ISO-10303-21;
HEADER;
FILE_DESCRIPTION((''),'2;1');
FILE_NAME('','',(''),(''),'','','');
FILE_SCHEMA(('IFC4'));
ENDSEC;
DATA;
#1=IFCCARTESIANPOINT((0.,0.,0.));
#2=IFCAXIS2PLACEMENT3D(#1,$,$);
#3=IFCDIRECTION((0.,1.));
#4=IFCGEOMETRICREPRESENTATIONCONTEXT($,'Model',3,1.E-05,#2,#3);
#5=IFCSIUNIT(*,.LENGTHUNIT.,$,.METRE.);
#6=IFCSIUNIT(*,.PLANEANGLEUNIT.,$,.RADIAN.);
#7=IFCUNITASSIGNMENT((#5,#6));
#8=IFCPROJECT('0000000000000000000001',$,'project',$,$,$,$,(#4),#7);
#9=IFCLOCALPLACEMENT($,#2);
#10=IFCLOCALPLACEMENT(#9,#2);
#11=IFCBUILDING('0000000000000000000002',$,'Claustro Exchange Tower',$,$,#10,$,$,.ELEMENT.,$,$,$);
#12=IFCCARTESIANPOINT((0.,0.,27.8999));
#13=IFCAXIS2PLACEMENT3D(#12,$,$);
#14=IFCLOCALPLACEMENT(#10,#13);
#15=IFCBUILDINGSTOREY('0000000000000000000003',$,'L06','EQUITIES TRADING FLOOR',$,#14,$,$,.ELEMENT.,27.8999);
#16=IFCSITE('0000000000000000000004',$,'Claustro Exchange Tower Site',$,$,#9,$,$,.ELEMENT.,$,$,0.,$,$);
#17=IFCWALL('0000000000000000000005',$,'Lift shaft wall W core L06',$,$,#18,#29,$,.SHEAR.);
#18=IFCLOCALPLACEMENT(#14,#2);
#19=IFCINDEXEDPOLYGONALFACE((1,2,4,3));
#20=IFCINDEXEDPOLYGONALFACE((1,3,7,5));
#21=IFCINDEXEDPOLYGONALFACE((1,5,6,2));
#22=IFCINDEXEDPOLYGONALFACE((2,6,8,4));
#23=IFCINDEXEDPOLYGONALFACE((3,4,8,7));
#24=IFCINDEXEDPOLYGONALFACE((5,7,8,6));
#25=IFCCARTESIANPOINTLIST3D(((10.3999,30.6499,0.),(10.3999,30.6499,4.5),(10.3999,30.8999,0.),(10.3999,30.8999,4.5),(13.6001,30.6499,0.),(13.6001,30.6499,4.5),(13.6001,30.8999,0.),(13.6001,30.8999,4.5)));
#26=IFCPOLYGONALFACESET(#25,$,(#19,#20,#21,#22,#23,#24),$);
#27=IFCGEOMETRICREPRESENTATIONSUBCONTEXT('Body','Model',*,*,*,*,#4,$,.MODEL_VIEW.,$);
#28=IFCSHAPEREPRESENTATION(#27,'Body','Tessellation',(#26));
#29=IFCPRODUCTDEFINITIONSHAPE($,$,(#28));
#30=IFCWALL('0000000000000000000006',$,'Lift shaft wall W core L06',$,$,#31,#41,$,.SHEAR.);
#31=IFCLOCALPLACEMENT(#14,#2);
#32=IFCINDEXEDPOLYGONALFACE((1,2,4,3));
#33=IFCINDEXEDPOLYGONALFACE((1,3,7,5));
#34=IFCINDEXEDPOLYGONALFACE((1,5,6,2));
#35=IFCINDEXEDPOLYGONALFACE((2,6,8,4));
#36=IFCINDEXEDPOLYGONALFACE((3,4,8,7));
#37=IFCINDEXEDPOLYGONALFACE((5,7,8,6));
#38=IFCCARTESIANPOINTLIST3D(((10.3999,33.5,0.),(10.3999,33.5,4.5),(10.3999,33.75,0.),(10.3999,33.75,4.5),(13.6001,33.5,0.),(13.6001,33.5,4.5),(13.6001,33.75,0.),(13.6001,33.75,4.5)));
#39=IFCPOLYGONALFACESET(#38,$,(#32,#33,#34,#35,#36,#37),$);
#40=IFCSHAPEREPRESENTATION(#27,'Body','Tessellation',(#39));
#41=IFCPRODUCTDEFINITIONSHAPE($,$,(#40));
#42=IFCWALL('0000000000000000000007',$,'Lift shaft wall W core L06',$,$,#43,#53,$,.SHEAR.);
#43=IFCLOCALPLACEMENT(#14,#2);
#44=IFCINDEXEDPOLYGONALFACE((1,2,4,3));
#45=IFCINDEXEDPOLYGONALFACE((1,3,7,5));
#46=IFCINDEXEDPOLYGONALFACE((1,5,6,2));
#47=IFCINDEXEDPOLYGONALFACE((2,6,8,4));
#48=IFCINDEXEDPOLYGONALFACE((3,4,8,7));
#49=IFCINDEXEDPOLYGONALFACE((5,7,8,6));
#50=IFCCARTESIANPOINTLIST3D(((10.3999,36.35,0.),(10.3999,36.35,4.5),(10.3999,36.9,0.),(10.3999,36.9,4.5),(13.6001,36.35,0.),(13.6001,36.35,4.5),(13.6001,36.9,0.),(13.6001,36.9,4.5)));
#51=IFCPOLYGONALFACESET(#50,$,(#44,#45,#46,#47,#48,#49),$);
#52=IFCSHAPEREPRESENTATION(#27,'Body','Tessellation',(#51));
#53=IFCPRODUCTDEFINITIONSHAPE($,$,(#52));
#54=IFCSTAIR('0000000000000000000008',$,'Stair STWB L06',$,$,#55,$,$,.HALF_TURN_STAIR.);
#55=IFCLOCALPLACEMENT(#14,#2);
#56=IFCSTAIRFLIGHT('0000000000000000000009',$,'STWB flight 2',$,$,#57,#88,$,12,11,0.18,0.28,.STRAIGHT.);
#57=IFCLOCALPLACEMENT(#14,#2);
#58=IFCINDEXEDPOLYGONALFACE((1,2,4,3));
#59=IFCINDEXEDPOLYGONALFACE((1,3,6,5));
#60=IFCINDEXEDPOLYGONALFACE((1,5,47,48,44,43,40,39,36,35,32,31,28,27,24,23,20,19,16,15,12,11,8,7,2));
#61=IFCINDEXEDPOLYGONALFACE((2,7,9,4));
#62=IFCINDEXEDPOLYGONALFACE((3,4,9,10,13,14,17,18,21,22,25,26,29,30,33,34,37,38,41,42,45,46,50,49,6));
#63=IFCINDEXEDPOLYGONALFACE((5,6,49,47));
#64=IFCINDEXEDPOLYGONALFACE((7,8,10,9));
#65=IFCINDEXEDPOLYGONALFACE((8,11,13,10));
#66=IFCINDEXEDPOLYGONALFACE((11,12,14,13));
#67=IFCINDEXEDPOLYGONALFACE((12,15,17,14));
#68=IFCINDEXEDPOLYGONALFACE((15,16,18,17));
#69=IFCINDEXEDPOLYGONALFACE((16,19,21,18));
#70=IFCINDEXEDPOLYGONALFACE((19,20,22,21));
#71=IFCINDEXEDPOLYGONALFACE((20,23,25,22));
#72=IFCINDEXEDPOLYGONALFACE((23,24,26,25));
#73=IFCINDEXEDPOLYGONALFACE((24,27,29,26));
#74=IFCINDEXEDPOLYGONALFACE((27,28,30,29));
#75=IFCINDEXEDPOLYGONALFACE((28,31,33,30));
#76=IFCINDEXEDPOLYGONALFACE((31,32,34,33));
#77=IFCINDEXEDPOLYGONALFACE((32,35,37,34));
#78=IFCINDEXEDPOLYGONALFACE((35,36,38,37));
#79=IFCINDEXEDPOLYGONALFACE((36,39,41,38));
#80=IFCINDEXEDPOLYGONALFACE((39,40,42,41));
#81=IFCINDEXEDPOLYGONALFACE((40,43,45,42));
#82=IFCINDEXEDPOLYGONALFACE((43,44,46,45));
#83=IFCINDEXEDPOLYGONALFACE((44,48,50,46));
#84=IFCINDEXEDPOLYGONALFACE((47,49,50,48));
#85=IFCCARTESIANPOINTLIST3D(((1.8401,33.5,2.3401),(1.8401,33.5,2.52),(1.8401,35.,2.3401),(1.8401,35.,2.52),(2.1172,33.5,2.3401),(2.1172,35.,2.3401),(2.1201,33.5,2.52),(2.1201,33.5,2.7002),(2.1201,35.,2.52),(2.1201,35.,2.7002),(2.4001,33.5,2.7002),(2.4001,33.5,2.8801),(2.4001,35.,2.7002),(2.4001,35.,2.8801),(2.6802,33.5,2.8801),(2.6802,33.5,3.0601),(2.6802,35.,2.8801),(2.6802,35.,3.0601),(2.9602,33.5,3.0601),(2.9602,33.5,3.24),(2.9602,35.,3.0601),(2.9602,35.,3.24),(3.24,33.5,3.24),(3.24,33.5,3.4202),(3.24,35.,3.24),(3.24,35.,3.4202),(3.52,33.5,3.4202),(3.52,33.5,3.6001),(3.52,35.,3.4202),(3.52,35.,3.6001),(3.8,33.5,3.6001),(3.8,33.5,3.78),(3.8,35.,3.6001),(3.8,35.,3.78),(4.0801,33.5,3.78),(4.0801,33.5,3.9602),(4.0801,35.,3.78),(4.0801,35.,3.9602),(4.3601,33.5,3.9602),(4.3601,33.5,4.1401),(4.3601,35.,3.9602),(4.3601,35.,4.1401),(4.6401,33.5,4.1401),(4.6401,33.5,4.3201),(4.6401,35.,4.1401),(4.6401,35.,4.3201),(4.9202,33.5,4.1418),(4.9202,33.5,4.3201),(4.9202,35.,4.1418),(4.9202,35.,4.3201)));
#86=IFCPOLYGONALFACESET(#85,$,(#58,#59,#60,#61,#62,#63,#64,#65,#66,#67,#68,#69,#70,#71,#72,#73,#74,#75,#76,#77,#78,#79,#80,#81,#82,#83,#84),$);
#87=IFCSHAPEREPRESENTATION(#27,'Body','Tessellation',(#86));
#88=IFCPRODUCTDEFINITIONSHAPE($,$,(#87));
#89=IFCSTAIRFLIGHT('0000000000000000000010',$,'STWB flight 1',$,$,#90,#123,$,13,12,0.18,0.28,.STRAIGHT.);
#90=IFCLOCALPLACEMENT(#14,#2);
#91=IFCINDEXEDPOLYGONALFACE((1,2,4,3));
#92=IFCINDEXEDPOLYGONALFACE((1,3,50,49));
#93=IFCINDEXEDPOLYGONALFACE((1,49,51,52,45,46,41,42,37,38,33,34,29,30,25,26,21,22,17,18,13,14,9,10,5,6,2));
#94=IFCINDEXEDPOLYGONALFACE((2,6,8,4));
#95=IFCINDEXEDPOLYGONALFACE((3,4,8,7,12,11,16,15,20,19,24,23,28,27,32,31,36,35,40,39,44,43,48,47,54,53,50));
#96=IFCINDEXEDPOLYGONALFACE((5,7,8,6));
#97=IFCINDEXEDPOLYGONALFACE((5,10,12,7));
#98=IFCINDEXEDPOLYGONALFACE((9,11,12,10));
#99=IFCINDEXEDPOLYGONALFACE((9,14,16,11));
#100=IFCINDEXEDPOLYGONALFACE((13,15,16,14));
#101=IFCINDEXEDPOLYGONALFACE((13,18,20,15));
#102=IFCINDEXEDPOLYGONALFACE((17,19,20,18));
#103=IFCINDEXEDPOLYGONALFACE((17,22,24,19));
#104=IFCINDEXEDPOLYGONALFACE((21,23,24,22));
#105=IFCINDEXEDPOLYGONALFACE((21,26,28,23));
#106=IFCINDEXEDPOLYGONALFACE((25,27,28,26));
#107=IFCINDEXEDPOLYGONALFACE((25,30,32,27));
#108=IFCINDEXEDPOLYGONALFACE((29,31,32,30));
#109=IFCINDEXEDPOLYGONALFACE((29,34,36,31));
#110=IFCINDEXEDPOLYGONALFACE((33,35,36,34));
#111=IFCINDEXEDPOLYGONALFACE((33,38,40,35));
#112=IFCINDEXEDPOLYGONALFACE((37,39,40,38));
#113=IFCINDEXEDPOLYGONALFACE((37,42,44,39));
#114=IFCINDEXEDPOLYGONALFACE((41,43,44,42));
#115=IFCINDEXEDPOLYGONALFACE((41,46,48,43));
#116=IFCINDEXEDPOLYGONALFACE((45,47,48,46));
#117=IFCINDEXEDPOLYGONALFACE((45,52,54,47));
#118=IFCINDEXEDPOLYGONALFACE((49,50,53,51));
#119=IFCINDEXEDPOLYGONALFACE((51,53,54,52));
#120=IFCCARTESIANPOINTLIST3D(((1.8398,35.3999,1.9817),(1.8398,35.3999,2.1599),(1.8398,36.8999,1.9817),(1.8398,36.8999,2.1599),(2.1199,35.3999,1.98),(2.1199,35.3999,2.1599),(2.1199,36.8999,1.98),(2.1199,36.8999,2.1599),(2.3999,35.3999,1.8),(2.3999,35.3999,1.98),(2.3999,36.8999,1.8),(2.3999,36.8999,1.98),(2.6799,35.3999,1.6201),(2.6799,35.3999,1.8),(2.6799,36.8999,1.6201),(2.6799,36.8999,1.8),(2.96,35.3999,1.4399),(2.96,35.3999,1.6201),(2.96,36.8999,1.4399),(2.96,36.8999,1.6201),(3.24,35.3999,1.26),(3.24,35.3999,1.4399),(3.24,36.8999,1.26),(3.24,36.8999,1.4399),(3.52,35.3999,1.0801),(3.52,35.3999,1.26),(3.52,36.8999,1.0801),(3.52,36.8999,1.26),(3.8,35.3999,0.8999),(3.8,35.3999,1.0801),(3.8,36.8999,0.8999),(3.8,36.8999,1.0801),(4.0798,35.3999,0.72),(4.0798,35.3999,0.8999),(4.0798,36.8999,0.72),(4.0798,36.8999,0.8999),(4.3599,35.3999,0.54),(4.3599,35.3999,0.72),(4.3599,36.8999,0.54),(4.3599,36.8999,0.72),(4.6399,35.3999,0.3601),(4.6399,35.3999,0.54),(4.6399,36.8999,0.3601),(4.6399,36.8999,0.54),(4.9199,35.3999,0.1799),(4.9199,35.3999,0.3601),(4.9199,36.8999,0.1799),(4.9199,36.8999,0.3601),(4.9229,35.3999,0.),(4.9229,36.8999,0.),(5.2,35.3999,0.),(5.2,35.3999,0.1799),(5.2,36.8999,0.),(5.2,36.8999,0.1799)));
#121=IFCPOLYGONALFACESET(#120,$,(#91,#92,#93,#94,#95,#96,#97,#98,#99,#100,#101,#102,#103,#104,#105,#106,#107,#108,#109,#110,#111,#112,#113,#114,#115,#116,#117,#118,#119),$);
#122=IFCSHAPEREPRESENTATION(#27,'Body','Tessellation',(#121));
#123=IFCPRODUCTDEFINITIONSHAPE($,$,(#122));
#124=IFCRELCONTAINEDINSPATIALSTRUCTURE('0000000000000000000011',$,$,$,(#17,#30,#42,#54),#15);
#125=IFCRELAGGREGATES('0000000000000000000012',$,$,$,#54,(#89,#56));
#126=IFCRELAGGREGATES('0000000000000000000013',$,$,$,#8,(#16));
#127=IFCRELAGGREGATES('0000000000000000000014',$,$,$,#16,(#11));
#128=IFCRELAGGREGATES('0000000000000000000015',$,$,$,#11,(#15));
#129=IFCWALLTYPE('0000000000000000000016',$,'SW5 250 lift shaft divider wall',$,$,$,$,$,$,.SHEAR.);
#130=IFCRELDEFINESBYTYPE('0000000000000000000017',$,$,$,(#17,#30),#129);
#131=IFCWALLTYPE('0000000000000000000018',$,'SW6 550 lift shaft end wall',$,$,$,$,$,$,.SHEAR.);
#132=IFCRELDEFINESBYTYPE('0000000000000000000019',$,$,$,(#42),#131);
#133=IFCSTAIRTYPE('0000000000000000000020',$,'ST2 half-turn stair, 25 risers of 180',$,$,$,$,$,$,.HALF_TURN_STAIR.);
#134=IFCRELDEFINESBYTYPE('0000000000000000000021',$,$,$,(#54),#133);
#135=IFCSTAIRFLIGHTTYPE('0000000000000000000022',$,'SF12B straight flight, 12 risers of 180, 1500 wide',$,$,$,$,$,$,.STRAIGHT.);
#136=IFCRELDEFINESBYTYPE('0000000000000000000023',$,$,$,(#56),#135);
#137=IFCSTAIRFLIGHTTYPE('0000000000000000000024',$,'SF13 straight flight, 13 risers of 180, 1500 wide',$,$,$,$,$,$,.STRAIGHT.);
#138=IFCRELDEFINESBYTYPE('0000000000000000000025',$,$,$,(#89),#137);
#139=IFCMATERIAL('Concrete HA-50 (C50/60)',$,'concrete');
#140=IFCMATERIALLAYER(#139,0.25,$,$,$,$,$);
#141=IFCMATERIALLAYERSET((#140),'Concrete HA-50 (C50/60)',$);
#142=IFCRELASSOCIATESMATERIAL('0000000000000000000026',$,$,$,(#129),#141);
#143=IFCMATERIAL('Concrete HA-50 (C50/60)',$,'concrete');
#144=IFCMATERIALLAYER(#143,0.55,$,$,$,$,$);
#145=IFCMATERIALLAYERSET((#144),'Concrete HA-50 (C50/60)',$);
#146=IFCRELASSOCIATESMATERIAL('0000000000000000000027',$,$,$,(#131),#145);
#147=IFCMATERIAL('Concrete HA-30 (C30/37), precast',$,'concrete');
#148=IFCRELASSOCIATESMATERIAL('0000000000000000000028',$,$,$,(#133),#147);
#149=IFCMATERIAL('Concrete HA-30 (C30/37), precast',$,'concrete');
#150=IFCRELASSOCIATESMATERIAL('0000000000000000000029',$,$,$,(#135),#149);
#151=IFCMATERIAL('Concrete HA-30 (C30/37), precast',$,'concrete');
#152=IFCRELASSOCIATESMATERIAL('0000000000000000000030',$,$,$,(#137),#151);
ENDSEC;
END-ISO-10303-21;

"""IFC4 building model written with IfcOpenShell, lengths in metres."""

from ifc_helpers import new_model, si_unit, direction, frame, frame_2d, origin, place, context, subcontext, project, spatial, polyline, rectangle, outline, extrude, material, layer, layer_set, type_object, element, aggregate, save


model = new_model("IFC4")

# Units and contexts
model_context = context("Model", 3, precision=1e-05, world=origin(), true_north=direction((0.0, 1.0)))
body_context = subcontext(model_context, "Body", "Model", "MODEL_VIEW")
ifc_project = project(units=[si_unit("LENGTHUNIT", "METRE"), si_unit("PLANEANGLEUNIT", "RADIAN")], contexts=[model_context])

# Site, building, storey
site_placement = place(None, origin())
site = spatial("IfcSite", under=ifc_project, at=site_placement, Name="Claustro Exchange Tower Site", CompositionType="ELEMENT", RefElevation=0.0)
building_placement = place(site_placement, origin())
building = spatial("IfcBuilding", under=site, at=building_placement, Name="Claustro Exchange Tower", CompositionType="ELEMENT")
storey_placement = place(building_placement, frame((0.0, 0.0, 27.8999)))
storey = spatial("IfcBuildingStorey", under=building, at=storey_placement, Name="L06", Description="EQUITIES TRADING FLOOR", CompositionType="ELEMENT", Elevation=27.8999)

# Walls
ifc_material_1 = material(Name="Concrete HA-50 (C50/60)", Category="concrete")
ifc_layer_1 = layer(ifc_material_1, 0.25)
ifc_layer_set_1 = layer_set([ifc_layer_1], Name="Concrete HA-50 (C50/60)")
wall_type_1 = type_object("IfcWallType", Name="SW5 250 lift shaft divider wall", PredefinedType="SHEAR", material=ifc_layer_set_1)
for number, where, z_axis, x_axis, name in (
    (1, (10.3999, 30.7749, 0.0), (0.0, 0.0, 1.0), (1.0, 0.0, 0.0), "Lift shaft wall W core L06"),
    (2, (10.3999, 33.625, 0.0), (0.0, 0.0, 1.0), (1.0, 0.0, 0.0), "Lift shaft wall W core L06"),
):
    element("IfcWall", number, at=place(storey_placement, frame(where, z_axis=z_axis, x_axis=x_axis)), inside=storey, type_object=wall_type_1, Name=name, PredefinedType="SHEAR", context=body_context, shape_type="SweptSolid", body=[
        extrude(rectangle(XDim=3.2002, YDim=0.25, at=frame_2d((1.6001, 0.0))), origin(), (0.0, 0.0, 1.0), 4.5),
    ])
ifc_material_2 = material(Name="Concrete HA-50 (C50/60)", Category="concrete")
ifc_layer_2 = layer(ifc_material_2, 0.55)
ifc_layer_set_2 = layer_set([ifc_layer_2], Name="Concrete HA-50 (C50/60)")
wall_type_2 = type_object("IfcWallType", Name="SW6 550 lift shaft end wall", PredefinedType="SHEAR", material=ifc_layer_set_2)
wall_1_placement = place(storey_placement, frame((10.3999, 36.625, 0.0), z_axis=(0.0, 0.0, 1.0), x_axis=(1.0, 0.0, 0.0)))
element("IfcWall", 3, at=wall_1_placement, inside=storey, type_object=wall_type_2, Name="Lift shaft wall W core L06", PredefinedType="SHEAR", context=body_context, shape_type="SweptSolid", body=[
    extrude(rectangle(XDim=3.2002, YDim=0.55, at=frame_2d((1.6001, 0.0))), origin(), (0.0, 0.0, 1.0), 4.5),
])

# Stair, stair flights
ifc_material_3 = material(Name="Concrete HA-30 (C30/37), precast", Category="concrete")
stair_type = type_object("IfcStairType", Name="ST2 half-turn stair, 25 risers of 180", PredefinedType="HALF_TURN_STAIR", material=ifc_material_3)
stair_placement = place(storey_placement, origin())
stair = element("IfcStair", 4, at=stair_placement, inside=storey, type_object=stair_type, Name="Stair STWB L06", PredefinedType="HALF_TURN_STAIR")
ifc_material_4 = material(Name="Concrete HA-30 (C30/37), precast", Category="concrete")
stair_flight_type_1 = type_object("IfcStairFlightType", Name="SF12B straight flight, 12 risers of 180, 1500 wide", PredefinedType="STRAIGHT", material=ifc_material_4)
stair_flight_1_placement = place(storey_placement, frame((1.8401, 34.25, 2.3401), z_axis=(0.0, 0.0, 1.0), x_axis=(1.0, 0.0, 0.0)))
stair_flight_1 = element("IfcStairFlight", 5, at=stair_flight_1_placement, type_object=stair_flight_type_1, Name="STWB flight 2", NumberOfRisers=12, NumberOfTreads=11, PredefinedType="STRAIGHT", RiserHeight=0.18, TreadLength=0.28, context=body_context, shape_type="SweptSolid", body=[
    extrude(outline(polyline([(0.0, 0.0), (0.0, 0.1799), (0.28, 0.1799), (0.28, 0.3601), (0.5601, 0.3601), (0.5601, 0.54), (0.8401, 0.54), (0.8401, 0.72), (1.1201, 0.72), (1.1201, 0.8999), (1.3999, 0.8999), (1.3999, 1.0801), (1.6799, 1.0801), (1.6799, 1.26), (1.96, 1.26), (1.96, 1.4399), (2.24, 1.4399), (2.24, 1.6201), (2.52, 1.6201), (2.52, 1.8), (2.8, 1.8), (2.8, 1.98), (3.0801, 1.98), (3.0801, 2.1599), (3.0801, 1.8018), (0.2771, 0.0), (0.0, 0.0)])), frame((0.0, 0.75, 0.0), z_axis=(0.0, -1.0, 0.0), x_axis=(1.0, 0.0, 0.0)), (0.0, 0.0, 1.0), 1.5),
])
ifc_material_5 = material(Name="Concrete HA-30 (C30/37), precast", Category="concrete")
stair_flight_type_2 = type_object("IfcStairFlightType", Name="SF13 straight flight, 13 risers of 180, 1500 wide", PredefinedType="STRAIGHT", material=ifc_material_5)
stair_flight_2_placement = place(storey_placement, frame((5.2, 36.1499, 0.0), z_axis=(0.0, 0.0, 1.0), x_axis=(-1.0, 0.0, 0.0)))
stair_flight_2 = element("IfcStairFlight", 6, at=stair_flight_2_placement, type_object=stair_flight_type_2, Name="STWB flight 1", NumberOfRisers=13, NumberOfTreads=12, PredefinedType="STRAIGHT", RiserHeight=0.18, TreadLength=0.28, context=body_context, shape_type="SweptSolid", body=[
    extrude(outline(polyline([(0.0, 0.0), (0.0, 0.1799), (0.28, 0.1799), (0.28, 0.3601), (0.5601, 0.3601), (0.5601, 0.54), (0.8401, 0.54), (0.8401, 0.72), (1.1201, 0.72), (1.1201, 0.8999), (1.3999, 0.8999), (1.3999, 1.0801), (1.6799, 1.0801), (1.6799, 1.26), (1.96, 1.26), (1.96, 1.4399), (2.24, 1.4399), (2.24, 1.6201), (2.52, 1.6201), (2.52, 1.8), (2.8, 1.8), (2.8, 1.98), (3.0801, 1.98), (3.0801, 2.1599), (3.3601, 2.1599), (3.3601, 2.3401), (3.3601, 1.9817), (0.2771, 0.0), (0.0, 0.0)])), frame((0.0, 0.75, 0.0), z_axis=(0.0, -1.0, 0.0), x_axis=(1.0, 0.0, 0.0)), (0.0, 0.0, 1.0), 1.5),
])
aggregate(stair, [stair_flight_2, stair_flight_1])

save(model, "model.ifc")
